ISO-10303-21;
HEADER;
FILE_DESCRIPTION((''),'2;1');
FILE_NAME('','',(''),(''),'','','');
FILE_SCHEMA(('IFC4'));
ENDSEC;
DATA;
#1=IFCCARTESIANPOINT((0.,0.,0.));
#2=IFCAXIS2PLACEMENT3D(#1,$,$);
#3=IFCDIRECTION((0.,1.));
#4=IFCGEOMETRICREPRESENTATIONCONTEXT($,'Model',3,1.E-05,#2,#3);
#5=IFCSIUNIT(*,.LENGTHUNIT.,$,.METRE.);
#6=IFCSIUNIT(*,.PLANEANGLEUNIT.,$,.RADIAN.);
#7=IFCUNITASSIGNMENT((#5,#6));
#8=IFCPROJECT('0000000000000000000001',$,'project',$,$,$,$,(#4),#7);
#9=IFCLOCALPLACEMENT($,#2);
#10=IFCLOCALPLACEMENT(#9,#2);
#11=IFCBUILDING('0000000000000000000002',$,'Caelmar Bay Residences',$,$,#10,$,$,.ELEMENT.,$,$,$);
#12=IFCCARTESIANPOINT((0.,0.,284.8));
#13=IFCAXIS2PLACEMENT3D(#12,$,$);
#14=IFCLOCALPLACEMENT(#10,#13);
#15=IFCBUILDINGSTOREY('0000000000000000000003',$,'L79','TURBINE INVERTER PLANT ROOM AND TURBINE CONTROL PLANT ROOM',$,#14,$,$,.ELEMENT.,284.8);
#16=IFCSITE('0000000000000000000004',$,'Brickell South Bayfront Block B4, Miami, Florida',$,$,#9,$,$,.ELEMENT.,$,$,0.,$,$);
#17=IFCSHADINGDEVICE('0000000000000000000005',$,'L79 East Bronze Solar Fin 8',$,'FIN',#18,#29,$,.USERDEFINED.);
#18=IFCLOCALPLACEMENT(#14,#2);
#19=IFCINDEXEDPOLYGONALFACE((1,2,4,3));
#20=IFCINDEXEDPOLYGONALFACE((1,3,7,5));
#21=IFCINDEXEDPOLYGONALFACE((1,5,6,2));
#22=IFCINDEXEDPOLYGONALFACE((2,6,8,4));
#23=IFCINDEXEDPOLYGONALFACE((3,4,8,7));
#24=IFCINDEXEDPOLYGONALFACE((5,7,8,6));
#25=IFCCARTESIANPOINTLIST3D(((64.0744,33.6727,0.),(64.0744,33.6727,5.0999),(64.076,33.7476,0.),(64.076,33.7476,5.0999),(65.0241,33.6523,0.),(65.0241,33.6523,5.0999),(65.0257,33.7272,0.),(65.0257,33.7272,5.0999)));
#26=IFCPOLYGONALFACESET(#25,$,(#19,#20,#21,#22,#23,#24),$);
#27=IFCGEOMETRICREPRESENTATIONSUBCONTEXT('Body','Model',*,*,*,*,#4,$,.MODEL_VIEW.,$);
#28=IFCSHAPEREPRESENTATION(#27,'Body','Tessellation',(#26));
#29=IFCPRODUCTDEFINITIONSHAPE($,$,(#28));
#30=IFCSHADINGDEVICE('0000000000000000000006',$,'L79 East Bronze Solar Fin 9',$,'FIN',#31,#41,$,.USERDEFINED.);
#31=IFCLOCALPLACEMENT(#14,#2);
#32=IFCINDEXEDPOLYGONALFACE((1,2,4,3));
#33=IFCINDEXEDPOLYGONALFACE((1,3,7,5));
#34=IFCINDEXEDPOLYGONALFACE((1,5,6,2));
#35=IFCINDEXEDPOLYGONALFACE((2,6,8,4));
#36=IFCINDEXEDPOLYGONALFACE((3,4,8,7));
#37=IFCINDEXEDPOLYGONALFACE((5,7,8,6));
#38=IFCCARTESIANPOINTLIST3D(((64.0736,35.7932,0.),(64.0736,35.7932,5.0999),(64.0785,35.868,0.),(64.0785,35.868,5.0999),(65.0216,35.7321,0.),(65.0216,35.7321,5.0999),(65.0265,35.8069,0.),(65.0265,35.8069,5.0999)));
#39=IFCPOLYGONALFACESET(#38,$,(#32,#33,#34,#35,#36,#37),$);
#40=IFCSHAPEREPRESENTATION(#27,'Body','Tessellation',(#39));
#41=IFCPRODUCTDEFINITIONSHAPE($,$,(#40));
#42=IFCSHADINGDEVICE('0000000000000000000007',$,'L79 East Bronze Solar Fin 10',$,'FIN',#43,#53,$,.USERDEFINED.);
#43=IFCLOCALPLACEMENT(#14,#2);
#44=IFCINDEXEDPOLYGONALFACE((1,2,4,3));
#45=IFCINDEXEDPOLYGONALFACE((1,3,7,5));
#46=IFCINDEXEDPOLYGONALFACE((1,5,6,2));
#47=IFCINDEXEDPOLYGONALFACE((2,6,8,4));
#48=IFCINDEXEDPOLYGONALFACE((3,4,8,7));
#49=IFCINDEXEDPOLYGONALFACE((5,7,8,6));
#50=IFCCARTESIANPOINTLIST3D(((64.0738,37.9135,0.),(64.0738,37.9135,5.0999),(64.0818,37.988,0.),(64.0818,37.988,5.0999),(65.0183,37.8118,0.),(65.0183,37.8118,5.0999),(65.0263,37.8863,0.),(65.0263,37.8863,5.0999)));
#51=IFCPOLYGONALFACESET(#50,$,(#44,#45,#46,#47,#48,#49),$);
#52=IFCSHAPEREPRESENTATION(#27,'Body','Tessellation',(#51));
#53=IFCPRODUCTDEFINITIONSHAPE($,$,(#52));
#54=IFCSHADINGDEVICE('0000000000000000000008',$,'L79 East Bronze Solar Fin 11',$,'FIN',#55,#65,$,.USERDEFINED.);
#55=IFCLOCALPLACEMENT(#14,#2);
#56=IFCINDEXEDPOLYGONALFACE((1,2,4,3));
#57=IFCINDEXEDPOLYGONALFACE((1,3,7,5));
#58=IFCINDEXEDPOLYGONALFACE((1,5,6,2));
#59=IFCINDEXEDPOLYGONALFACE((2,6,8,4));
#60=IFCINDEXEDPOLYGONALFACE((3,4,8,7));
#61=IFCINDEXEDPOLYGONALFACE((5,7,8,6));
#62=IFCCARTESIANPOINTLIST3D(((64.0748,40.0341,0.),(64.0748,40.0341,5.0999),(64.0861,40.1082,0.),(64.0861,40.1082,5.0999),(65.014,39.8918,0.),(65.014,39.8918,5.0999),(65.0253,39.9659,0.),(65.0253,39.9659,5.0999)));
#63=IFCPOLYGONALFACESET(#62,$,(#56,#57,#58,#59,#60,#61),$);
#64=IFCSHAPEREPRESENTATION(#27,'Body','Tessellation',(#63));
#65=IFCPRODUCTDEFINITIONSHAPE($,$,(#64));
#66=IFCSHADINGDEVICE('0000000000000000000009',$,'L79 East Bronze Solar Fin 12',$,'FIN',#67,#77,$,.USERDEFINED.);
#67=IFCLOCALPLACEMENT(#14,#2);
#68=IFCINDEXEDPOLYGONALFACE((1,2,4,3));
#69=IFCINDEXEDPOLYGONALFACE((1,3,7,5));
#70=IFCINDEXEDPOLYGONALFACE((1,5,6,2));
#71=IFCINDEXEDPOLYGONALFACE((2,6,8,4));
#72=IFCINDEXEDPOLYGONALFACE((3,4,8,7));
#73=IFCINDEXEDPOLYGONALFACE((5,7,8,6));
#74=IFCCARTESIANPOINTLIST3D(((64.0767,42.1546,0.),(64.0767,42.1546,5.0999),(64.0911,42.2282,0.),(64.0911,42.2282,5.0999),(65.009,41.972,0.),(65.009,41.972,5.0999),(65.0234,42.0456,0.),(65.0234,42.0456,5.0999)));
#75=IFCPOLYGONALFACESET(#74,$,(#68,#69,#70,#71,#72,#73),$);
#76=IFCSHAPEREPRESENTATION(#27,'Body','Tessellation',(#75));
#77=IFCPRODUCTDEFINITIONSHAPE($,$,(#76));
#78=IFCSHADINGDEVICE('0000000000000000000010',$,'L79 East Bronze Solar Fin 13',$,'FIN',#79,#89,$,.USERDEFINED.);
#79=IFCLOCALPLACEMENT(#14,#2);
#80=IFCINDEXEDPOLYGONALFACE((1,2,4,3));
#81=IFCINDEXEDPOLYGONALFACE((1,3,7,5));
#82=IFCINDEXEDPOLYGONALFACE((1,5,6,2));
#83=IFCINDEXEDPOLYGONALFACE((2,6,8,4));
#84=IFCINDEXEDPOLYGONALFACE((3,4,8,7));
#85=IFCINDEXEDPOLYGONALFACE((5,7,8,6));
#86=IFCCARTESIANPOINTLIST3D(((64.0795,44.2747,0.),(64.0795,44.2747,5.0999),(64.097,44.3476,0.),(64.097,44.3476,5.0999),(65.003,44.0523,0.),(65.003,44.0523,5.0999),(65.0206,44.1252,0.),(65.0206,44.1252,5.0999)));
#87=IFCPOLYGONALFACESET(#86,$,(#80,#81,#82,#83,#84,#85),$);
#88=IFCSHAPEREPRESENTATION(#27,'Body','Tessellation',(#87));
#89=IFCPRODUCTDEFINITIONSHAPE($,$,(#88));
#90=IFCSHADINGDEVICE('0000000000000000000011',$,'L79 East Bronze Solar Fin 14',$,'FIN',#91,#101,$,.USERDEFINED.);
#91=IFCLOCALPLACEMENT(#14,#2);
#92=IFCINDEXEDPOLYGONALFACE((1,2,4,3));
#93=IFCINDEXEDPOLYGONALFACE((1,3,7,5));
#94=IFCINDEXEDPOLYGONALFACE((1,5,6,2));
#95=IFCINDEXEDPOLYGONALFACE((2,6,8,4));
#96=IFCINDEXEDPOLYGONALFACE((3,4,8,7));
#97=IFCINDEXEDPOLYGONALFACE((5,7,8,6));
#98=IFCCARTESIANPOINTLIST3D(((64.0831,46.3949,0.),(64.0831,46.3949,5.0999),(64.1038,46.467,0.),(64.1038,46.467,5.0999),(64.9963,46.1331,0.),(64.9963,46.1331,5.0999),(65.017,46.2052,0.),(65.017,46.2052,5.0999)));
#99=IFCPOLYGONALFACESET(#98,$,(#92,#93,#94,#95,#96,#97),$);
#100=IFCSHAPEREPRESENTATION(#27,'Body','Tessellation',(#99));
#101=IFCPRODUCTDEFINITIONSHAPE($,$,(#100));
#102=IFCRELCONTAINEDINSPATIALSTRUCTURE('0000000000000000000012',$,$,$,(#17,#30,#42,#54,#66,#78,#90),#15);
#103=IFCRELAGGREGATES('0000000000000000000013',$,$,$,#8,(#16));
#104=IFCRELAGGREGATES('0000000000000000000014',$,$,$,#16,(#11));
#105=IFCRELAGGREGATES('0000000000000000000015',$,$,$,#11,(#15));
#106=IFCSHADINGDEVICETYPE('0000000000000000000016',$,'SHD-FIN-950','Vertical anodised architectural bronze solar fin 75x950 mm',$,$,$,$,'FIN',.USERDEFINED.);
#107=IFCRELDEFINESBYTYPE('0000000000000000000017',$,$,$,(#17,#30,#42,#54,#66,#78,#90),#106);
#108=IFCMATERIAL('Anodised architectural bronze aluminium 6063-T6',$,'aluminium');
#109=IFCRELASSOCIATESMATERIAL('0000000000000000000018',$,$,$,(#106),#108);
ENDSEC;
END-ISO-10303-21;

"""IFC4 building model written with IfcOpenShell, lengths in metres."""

from ifc_helpers import new_model, si_unit, direction, frame, origin, origin_2d, place, context, subcontext, project, spatial, rectangle, extrude, material, material_profile, profile_set, type_object, element, save


model = new_model("IFC4")

# Units and contexts
model_context = context("Model", 3, precision=1e-05, world=origin(), true_north=direction((0.0, 1.0)))
body_context = subcontext(model_context, "Body", "Model", "MODEL_VIEW")
ifc_project = project(units=[si_unit("LENGTHUNIT", "METRE"), si_unit("PLANEANGLEUNIT", "RADIAN")], contexts=[model_context])

# Site, building, storey
site_placement = place(None, origin())
site = spatial("IfcSite", under=ifc_project, at=site_placement, Name="Brickell South Bayfront Block B4, Miami, Florida", CompositionType="ELEMENT", RefElevation=0.0)
building_placement = place(site_placement, origin())
building = spatial("IfcBuilding", under=site, at=building_placement, Name="Caelmar Bay Residences", CompositionType="ELEMENT")
storey_placement = place(building_placement, frame((0.0, 0.0, 284.8)))
storey = spatial("IfcBuildingStorey", under=building, at=storey_placement, Name="L79", Description="TURBINE INVERTER PLANT ROOM AND TURBINE CONTROL PLANT ROOM", CompositionType="ELEMENT", Elevation=284.8)

# Shading devices
ifc_material_1 = material(Name="Anodised architectural bronze aluminium 6063-T6", Category="aluminium")
ifc_material_profile_1 = material_profile(ifc_material_1, rectangle(XDim=0.075, YDim=0.95, at=origin_2d()), Name="BRONZE-FIN-75X950")
ifc_profile_set_1 = profile_set([ifc_material_profile_1], Name="Anodised architectural bronze aluminium 6063-T6")
shading_device_type = type_object("IfcShadingDeviceType", Name="SHD-FIN-950", Description="Vertical anodised architectural bronze solar fin 75x950 mm", ElementType="FIN", PredefinedType="USERDEFINED", material=ifc_profile_set_1)
for number, where, z_axis, x_axis, name in (
    (1, (64.55, 33.7, 0.0), (0.0, 0.0, 1.0), (0.021466, 0.99977, 0.0), "L79 East Bronze Solar Fin 8"),
    (2, (64.55, 35.8, 0.0), (0.0, 0.0, 1.0), (0.064358, 0.997927, 0.0), "L79 East Bronze Solar Fin 9"),
    (3, (64.55, 37.8999, 0.0), (0.0, 0.0, 1.0), (0.107132, 0.994245, 0.0), "L79 East Bronze Solar Fin 10"),
    (4, (64.55, 40.0, 0.0), (0.0, 0.0, 1.0), (0.14988, 0.988704, 0.0), "L79 East Bronze Solar Fin 11"),
    (5, (64.55, 42.1001, 0.0), (0.0, 0.0, 1.0), (0.192179, 0.98136, 0.0), "L79 East Bronze Solar Fin 12"),
    (6, (64.55, 44.2, 0.0), (0.0, 0.0, 1.0), (0.234124, 0.972207, 0.0), "L79 East Bronze Solar Fin 13"),
    (7, (64.55, 46.3, 0.0), (0.0, 0.0, 1.0), (0.275637, 0.961262, 0.0), "L79 East Bronze Solar Fin 14"),
):
    element("IfcShadingDevice", number, at=place(storey_placement, frame(where, z_axis=z_axis, x_axis=x_axis)), inside=storey, type_object=shading_device_type, Name=name, ObjectType="FIN", PredefinedType="USERDEFINED", context=body_context, shape_type="SweptSolid", body=[
        extrude(rectangle(XDim=0.075, YDim=0.95, at=origin_2d()), origin(), (0.0, 0.0, 1.0), 5.0999),
    ])

save(model, "model.ifc")
